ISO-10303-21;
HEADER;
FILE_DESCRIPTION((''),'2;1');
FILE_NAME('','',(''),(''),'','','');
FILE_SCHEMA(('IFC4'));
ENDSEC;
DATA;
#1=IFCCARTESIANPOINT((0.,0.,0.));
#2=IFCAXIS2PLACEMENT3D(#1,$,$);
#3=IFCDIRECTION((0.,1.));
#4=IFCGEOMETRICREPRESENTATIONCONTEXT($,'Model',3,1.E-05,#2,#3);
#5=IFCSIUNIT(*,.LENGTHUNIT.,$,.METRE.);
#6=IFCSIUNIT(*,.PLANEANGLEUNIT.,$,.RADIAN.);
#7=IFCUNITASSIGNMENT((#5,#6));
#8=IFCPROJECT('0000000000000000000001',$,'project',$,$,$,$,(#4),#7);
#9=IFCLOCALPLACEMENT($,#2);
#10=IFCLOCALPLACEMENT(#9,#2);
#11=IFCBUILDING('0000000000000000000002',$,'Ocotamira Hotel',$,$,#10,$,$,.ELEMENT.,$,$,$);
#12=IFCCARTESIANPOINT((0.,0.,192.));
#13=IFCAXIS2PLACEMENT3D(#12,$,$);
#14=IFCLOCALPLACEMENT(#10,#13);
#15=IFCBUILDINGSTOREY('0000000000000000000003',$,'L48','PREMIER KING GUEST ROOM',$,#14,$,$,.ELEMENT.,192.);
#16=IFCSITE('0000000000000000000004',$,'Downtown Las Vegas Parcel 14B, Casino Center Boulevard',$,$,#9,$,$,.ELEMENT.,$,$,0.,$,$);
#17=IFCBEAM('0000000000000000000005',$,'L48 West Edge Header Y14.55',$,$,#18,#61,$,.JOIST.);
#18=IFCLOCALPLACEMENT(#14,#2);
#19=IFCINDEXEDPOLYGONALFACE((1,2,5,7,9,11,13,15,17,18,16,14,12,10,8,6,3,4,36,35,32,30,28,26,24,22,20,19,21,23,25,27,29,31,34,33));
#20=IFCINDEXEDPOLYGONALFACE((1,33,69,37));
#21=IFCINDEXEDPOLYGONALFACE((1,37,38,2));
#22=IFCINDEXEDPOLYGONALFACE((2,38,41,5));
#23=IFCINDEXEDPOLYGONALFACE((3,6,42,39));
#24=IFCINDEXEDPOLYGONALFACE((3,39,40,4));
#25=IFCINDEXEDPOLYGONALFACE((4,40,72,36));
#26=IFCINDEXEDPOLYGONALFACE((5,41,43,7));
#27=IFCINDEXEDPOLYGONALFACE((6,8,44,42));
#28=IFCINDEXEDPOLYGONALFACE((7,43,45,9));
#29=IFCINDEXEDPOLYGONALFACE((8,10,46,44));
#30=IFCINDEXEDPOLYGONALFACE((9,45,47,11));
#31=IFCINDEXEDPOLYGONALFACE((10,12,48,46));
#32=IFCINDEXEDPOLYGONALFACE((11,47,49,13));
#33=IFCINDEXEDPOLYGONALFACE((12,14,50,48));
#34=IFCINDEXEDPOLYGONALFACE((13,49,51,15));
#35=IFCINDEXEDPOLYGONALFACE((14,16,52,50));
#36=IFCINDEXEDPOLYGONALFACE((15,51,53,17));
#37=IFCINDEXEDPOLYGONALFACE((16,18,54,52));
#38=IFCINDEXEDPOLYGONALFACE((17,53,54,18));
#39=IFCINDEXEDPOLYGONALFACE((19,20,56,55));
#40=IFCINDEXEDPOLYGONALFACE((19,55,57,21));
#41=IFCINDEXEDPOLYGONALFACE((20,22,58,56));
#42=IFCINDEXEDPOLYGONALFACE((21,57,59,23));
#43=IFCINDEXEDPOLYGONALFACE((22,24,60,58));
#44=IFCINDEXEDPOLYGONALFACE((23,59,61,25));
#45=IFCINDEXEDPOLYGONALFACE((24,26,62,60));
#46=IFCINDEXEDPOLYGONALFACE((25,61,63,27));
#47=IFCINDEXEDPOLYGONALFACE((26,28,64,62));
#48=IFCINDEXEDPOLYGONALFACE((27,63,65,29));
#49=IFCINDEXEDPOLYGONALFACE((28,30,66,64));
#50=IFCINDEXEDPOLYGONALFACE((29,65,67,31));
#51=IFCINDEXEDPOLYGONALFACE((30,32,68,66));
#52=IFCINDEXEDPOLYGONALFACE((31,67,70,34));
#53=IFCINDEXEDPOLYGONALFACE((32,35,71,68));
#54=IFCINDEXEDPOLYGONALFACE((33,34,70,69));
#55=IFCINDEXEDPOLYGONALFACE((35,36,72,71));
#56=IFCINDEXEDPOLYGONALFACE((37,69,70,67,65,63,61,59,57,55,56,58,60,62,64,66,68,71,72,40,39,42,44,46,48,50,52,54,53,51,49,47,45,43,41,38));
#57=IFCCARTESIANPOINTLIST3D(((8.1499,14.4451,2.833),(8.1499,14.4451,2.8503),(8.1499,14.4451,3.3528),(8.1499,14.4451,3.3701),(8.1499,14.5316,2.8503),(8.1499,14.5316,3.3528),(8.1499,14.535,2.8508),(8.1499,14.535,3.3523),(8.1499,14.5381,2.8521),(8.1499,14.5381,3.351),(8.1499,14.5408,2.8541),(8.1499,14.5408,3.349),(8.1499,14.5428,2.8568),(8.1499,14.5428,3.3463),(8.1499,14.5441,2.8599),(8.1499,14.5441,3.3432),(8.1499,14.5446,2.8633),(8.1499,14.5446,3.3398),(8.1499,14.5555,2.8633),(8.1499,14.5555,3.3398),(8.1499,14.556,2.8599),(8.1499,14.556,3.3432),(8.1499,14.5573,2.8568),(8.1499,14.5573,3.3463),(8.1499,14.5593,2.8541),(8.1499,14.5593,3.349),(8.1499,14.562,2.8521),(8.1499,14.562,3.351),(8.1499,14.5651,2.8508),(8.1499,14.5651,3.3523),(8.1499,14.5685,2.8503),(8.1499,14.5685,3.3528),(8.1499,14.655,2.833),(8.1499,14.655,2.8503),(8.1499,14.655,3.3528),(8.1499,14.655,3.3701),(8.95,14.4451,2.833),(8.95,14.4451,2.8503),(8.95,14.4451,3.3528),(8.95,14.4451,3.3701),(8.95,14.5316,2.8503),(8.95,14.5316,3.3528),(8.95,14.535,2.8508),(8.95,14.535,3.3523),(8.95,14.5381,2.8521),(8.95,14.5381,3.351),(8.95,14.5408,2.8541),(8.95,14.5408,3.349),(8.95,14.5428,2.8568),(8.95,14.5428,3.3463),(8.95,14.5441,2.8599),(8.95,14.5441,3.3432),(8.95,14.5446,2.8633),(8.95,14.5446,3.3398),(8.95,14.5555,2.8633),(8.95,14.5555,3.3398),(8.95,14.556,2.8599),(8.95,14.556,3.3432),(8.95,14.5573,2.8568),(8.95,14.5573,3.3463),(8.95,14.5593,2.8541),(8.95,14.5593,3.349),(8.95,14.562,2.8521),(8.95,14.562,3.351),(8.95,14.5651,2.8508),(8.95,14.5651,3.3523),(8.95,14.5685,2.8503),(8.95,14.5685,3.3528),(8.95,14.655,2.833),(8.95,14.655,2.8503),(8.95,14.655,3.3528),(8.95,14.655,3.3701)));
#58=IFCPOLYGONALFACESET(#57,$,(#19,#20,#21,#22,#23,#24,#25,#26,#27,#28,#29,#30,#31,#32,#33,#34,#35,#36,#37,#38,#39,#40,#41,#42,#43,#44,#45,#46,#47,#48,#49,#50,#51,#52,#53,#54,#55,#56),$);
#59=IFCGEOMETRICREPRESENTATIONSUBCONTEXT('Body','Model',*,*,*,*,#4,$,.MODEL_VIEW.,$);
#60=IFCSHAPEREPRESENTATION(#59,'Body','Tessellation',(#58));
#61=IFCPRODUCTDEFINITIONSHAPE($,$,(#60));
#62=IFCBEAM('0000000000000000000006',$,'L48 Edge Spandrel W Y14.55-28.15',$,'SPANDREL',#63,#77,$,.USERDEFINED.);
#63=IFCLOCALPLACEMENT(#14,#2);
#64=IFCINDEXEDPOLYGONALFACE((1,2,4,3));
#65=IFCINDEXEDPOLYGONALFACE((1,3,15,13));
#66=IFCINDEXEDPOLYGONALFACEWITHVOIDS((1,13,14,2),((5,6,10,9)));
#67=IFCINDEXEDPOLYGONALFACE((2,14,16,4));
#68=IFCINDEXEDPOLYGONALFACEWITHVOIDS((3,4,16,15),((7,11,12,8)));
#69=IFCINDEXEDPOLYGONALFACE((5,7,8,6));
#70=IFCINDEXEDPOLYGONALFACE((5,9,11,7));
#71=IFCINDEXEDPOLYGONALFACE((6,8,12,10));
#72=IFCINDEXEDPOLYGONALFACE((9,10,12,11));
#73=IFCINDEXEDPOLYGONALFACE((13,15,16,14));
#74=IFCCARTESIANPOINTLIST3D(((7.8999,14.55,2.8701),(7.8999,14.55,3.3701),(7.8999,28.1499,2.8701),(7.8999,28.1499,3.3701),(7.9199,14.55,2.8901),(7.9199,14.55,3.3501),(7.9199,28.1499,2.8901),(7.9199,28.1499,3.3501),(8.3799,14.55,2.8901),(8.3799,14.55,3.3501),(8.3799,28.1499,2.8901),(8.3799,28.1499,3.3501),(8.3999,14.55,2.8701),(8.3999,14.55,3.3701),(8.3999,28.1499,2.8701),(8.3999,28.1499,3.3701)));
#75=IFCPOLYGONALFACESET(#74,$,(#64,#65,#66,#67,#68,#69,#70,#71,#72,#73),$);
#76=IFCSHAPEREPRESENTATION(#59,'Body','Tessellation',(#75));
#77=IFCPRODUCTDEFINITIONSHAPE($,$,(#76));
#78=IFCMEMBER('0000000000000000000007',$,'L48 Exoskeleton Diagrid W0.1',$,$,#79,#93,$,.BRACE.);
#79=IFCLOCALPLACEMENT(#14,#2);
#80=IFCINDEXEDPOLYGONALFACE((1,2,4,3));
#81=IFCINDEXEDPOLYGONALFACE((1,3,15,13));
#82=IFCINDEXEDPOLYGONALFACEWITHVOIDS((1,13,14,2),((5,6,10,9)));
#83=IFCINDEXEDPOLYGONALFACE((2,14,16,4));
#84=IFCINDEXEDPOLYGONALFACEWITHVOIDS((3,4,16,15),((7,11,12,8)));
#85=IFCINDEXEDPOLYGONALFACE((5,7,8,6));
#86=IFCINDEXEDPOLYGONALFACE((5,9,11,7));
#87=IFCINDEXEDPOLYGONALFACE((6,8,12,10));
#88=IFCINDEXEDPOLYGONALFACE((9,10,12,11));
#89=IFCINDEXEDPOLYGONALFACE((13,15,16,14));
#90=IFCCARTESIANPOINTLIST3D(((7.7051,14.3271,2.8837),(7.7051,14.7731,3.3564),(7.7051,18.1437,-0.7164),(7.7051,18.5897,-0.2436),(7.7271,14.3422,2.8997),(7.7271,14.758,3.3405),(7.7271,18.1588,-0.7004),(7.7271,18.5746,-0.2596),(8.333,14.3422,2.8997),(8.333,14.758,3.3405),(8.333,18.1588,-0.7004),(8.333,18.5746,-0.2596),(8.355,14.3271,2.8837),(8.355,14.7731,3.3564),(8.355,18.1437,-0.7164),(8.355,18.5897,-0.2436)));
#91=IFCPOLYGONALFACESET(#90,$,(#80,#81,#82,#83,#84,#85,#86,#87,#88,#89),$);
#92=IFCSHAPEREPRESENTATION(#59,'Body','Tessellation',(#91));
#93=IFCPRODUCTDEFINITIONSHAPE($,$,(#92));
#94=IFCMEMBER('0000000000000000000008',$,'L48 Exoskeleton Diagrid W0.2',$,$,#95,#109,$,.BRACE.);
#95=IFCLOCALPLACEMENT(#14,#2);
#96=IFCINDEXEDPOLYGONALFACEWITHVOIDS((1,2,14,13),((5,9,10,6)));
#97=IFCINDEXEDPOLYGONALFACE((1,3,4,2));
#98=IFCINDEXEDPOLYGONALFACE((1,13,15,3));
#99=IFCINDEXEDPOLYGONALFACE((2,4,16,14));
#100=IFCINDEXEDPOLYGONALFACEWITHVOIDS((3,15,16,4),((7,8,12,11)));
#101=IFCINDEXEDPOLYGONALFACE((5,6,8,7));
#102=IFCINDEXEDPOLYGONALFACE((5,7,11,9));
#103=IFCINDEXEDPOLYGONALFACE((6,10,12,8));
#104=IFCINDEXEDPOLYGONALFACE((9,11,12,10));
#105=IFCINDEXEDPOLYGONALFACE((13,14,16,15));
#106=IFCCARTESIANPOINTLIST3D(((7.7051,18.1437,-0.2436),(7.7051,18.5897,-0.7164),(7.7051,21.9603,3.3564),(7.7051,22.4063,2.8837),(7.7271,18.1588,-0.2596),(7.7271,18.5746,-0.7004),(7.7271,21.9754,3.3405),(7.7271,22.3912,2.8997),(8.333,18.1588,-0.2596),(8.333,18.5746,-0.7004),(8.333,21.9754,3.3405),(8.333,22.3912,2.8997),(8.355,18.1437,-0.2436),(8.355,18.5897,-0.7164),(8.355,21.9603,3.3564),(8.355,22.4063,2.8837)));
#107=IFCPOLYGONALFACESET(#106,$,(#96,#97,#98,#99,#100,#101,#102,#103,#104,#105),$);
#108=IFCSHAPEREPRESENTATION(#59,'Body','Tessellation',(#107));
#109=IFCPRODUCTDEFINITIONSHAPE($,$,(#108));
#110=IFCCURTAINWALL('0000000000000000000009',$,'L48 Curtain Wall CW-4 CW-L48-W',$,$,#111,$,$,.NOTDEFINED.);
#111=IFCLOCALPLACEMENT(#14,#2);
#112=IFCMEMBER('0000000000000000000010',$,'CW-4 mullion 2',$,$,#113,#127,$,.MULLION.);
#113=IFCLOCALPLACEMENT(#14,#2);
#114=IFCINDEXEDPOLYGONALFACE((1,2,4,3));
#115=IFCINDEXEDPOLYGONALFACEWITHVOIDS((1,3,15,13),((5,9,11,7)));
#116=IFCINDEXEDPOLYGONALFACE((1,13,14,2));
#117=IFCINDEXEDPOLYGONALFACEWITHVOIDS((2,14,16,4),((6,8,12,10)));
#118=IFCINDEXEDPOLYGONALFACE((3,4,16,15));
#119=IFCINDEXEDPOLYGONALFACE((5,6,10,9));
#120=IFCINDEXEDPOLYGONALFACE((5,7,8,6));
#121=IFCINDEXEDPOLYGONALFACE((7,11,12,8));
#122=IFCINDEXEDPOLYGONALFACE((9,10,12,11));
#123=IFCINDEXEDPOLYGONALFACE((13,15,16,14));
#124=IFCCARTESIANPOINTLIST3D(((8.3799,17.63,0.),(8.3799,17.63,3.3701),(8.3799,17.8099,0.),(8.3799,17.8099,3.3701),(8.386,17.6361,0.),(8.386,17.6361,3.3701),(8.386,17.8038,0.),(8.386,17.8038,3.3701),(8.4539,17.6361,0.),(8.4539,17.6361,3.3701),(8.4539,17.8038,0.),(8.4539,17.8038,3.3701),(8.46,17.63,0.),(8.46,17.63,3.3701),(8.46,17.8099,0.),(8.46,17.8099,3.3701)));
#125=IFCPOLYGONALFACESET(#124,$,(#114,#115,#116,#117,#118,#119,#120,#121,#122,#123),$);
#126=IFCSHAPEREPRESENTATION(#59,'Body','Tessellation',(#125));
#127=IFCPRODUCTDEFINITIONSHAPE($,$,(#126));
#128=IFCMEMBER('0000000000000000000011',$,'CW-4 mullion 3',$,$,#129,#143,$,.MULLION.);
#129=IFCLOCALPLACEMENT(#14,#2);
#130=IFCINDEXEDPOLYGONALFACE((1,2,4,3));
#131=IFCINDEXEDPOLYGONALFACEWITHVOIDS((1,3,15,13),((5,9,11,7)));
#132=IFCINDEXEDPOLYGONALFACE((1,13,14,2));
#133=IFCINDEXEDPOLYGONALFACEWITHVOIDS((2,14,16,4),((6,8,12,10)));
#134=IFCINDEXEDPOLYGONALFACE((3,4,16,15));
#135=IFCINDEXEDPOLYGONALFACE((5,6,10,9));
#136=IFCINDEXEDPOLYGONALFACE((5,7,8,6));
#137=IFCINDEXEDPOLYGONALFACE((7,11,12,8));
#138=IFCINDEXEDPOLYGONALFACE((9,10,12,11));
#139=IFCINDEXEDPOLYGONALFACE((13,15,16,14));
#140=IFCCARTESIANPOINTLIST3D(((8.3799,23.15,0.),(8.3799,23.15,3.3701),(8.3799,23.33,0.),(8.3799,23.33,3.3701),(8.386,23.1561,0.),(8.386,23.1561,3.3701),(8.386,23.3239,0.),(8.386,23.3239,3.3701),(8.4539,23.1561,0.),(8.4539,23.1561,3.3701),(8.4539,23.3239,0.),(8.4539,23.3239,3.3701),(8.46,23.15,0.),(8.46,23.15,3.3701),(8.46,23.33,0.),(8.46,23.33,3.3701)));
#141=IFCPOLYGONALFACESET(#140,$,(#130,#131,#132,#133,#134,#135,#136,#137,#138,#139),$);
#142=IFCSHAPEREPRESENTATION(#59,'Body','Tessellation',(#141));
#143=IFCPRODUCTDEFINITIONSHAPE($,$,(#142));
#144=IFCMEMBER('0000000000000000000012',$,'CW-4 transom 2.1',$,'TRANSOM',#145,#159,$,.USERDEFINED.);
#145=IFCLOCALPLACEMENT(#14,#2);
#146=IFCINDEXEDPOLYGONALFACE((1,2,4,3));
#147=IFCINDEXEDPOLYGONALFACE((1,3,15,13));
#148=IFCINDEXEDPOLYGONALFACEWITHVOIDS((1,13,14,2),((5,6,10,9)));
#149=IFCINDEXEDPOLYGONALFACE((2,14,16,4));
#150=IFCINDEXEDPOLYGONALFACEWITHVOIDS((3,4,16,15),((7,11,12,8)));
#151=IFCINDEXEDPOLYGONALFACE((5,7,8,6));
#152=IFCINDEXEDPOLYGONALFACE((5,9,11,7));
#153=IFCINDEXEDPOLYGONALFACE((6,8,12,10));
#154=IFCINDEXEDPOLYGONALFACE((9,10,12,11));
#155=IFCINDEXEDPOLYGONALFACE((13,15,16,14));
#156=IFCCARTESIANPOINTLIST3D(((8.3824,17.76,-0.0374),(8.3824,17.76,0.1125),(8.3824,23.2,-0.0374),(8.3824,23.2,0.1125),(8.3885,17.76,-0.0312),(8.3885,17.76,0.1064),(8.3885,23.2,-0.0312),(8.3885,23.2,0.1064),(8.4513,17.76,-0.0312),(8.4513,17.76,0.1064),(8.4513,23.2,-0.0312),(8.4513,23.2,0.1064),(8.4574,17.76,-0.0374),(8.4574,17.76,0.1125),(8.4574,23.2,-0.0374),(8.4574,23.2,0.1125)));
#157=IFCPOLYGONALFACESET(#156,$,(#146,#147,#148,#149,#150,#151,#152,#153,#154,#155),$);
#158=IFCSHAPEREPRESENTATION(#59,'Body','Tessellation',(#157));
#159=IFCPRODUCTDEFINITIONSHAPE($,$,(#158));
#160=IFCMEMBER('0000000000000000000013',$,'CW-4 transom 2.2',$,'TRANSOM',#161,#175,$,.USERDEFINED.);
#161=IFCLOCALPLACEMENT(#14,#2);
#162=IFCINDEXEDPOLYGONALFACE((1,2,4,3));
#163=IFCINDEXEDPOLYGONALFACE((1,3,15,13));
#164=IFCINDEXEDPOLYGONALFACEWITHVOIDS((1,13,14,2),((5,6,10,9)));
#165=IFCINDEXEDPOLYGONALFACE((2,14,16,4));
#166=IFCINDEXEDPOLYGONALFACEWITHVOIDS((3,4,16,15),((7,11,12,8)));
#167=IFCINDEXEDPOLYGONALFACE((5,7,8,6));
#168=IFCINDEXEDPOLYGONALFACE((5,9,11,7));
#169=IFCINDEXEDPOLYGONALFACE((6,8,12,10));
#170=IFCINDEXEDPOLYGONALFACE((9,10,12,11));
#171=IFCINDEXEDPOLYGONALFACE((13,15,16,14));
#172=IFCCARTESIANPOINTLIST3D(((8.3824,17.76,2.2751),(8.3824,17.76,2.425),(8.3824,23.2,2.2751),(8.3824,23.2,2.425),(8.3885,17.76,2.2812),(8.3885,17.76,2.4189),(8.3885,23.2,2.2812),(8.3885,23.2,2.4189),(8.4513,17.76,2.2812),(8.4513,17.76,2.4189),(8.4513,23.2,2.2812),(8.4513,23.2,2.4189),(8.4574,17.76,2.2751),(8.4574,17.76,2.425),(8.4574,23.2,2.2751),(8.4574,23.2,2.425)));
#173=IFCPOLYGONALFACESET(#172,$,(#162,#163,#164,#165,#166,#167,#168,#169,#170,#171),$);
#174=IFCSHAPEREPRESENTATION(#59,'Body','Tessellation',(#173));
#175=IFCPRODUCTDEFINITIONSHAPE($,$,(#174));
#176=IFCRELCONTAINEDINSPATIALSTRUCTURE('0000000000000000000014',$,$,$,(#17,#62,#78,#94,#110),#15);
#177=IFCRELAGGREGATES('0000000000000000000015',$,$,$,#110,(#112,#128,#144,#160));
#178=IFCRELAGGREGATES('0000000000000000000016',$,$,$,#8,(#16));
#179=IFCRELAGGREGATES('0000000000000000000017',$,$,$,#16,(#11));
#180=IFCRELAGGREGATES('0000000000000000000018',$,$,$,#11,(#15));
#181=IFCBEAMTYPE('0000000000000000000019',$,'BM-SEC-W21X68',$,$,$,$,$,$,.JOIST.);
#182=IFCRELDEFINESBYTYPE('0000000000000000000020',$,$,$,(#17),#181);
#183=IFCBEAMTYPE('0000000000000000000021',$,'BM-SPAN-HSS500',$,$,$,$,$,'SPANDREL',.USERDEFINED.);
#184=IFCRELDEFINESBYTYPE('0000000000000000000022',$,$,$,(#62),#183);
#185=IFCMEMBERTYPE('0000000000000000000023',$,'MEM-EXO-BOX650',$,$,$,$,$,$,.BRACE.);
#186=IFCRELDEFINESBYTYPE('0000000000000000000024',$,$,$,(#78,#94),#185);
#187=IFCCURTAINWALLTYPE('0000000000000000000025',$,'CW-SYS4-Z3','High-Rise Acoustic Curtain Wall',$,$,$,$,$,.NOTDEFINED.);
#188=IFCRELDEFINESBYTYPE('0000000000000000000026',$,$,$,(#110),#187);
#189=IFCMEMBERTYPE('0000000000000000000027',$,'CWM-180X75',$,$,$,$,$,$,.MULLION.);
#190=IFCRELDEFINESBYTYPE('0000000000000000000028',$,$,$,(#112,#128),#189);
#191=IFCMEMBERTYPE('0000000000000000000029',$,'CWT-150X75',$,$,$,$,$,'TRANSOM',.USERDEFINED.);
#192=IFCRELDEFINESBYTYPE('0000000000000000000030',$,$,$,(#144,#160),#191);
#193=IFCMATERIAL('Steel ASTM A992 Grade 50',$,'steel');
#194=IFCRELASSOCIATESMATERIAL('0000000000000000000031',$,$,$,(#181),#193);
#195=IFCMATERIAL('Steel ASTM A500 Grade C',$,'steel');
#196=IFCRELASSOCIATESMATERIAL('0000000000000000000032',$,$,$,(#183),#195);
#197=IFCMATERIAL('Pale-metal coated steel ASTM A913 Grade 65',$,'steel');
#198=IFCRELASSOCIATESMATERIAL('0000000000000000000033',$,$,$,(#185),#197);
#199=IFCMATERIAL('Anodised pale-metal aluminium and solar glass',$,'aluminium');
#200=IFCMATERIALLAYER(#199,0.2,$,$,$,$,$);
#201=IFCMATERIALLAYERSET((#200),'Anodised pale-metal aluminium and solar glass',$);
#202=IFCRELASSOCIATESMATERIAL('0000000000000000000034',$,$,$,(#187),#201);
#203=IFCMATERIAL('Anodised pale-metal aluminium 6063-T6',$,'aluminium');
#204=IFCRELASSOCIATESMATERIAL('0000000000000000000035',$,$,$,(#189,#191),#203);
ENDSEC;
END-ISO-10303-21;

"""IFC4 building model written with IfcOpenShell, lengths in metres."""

from ifc_helpers import new_model, si_unit, direction, frame, origin, origin_2d, place, context, subcontext, project, spatial, hollow_rectangle, i_section, extrude, source, transform, mapped, material, layer, layer_set, material_profile, profile_set, type_object, element, aggregate, save


model = new_model("IFC4")

# Units and contexts
model_context = context("Model", 3, precision=1e-05, world=origin(), true_north=direction((0.0, 1.0)))
body_context = subcontext(model_context, "Body", "Model", "MODEL_VIEW")
ifc_project = project(units=[si_unit("LENGTHUNIT", "METRE"), si_unit("PLANEANGLEUNIT", "RADIAN")], contexts=[model_context])

# Site, building, storey
site_placement = place(None, origin())
site = spatial("IfcSite", under=ifc_project, at=site_placement, Name="Downtown Las Vegas Parcel 14B, Casino Center Boulevard", CompositionType="ELEMENT", RefElevation=0.0)
building_placement = place(site_placement, origin())
building = spatial("IfcBuilding", under=site, at=building_placement, Name="Ocotamira Hotel", CompositionType="ELEMENT")
storey_placement = place(building_placement, frame((0.0, 0.0, 192.0)))
storey = spatial("IfcBuildingStorey", under=building, at=storey_placement, Name="L48", Description="PREMIER KING GUEST ROOM", CompositionType="ELEMENT", Elevation=192.0)

# Beams
ifc_material_1 = material(Name="Steel ASTM A992 Grade 50", Category="steel")
ifc_material_profile_1 = material_profile(ifc_material_1, i_section(OverallWidth=0.21, OverallDepth=0.5371, WebThickness=0.011, FlangeThickness=0.0173, FilletRadius=0.0129, at=origin_2d()), Name="W21X68")
ifc_profile_set_1 = profile_set([ifc_material_profile_1], Name="Steel ASTM A992 Grade 50")
beam_type_1 = type_object("IfcBeamType", Name="BM-SEC-W21X68", PredefinedType="JOIST", material=ifc_profile_set_1)
shared_shape_1 = source(origin(), body_context, "Body", "SweptSolid", [
    extrude(i_section(OverallWidth=0.21, OverallDepth=0.5371, WebThickness=0.011, FlangeThickness=0.0173, FilletRadius=0.0129, at=origin_2d()), origin(), (0.0, 0.0, 1.0), 0.8),
])
beam_1_placement = place(storey_placement, frame((8.95, 14.55, 3.1016), z_axis=(-1.0, 0.0, 0.0), x_axis=(0.0, -1.0, 0.0)))
element("IfcBeam", 1, at=beam_1_placement, inside=storey, type_object=beam_type_1, Name="L48 West Edge Header Y14.55", PredefinedType="JOIST", context=body_context, shape_type="MappedRepresentation", body=[
    mapped(shared_shape_1, transform((0.0, 0.0, 0.0), scale=1.0)),
])
ifc_material_2 = material(Name="Steel ASTM A500 Grade C", Category="steel")
ifc_material_profile_2 = material_profile(ifc_material_2, hollow_rectangle(XDim=0.5, YDim=0.5, WallThickness=0.02, at=origin_2d()), Name="HSS500X500X20")
ifc_profile_set_2 = profile_set([ifc_material_profile_2], Name="Steel ASTM A500 Grade C")
beam_type_2 = type_object("IfcBeamType", Name="BM-SPAN-HSS500", ElementType="SPANDREL", PredefinedType="USERDEFINED", material=ifc_profile_set_2)
shared_shape_2 = source(origin(), body_context, "Body", "SweptSolid", [
    extrude(hollow_rectangle(XDim=0.5, YDim=0.5, WallThickness=0.02, at=origin_2d()), origin(), (0.0, 0.0, 1.0), 13.5999),
])
beam_2_placement = place(storey_placement, frame((8.1499, 14.55, 3.1201), z_axis=(0.0, 1.0, 0.0), x_axis=(-1.0, 0.0, 0.0)))
element("IfcBeam", 2, at=beam_2_placement, inside=storey, type_object=beam_type_2, Name="L48 Edge Spandrel W Y14.55-28.15", ObjectType="SPANDREL", PredefinedType="USERDEFINED", context=body_context, shape_type="MappedRepresentation", body=[
    mapped(shared_shape_2, transform((0.0, 0.0, 0.0), scale=1.0)),
])

# Members
ifc_material_3 = material(Name="Pale-metal coated steel ASTM A913 Grade 65", Category="steel")
ifc_material_profile_3 = material_profile(ifc_material_3, hollow_rectangle(XDim=0.6499, YDim=0.6499, WallThickness=0.022, at=origin_2d()), Name="BOX650X650X22")
ifc_profile_set_3 = profile_set([ifc_material_profile_3], Name="Pale-metal coated steel ASTM A913 Grade 65")
member_type_1 = type_object("IfcMemberType", Name="MEM-EXO-BOX650", PredefinedType="BRACE", material=ifc_profile_set_3)
shared_shape_3 = source(origin(), body_context, "Body", "SweptSolid", [
    extrude(hollow_rectangle(XDim=0.6499, YDim=0.6499, WallThickness=0.022, at=origin_2d()), origin(), (0.0, 0.0, 1.0), 5.2466),
])
for number, where, z_axis, x_axis, name in (
    (3, (8.03, 18.3667, -0.48), (0.0, -0.727443, 0.686168), (1.0, 0.0, 0.0), "L48 Exoskeleton Diagrid W0.1"),
    (4, (8.03, 18.3667, -0.48), (0.0, 0.727443, 0.686168), (-1.0, 0.0, 0.0), "L48 Exoskeleton Diagrid W0.2"),
):
    element("IfcMember", number, at=place(storey_placement, frame(where, z_axis=z_axis, x_axis=x_axis)), inside=storey, type_object=member_type_1, Name=name, PredefinedType="BRACE", context=body_context, shape_type="MappedRepresentation", body=[
        mapped(shared_shape_3, transform((0.0, 0.0, 0.0), scale=1.0)),
    ])

# Curtain wall, members
ifc_material_4 = material(Name="Anodised pale-metal aluminium and solar glass", Category="aluminium")
ifc_layer_1 = layer(ifc_material_4, 0.2)
ifc_layer_set_1 = layer_set([ifc_layer_1], Name="Anodised pale-metal aluminium and solar glass")
curtain_wall_type = type_object("IfcCurtainWallType", Name="CW-SYS4-Z3", Description="High-Rise Acoustic Curtain Wall", PredefinedType="NOTDEFINED", material=ifc_layer_set_1)
curtain_wall_placement = place(storey_placement, origin())
curtain_wall = element("IfcCurtainWall", 5, at=curtain_wall_placement, inside=storey, type_object=curtain_wall_type, Name="L48 Curtain Wall CW-4 CW-L48-W", PredefinedType="NOTDEFINED")
ifc_material_5 = material(Name="Anodised pale-metal aluminium 6063-T6", Category="aluminium")
ifc_material_profile_4 = material_profile(ifc_material_5, hollow_rectangle(XDim=0.0801, YDim=0.1799, WallThickness=0.0061, at=origin_2d()), Name="HSS180X80X6")
ifc_profile_set_4 = profile_set([ifc_material_profile_4], Name="Anodised pale-metal aluminium 6063-T6")
member_type_2 = type_object("IfcMemberType", Name="CWM-180X75", PredefinedType="MULLION", material=ifc_profile_set_4)
shared_shape_4 = source(origin(), body_context, "Body", "SweptSolid", [
    extrude(hollow_rectangle(XDim=0.0801, YDim=0.1799, WallThickness=0.0061, at=origin_2d()), origin(), (0.0, 0.0, 1.0), 3.3701),
])
member_1_placement = place(storey_placement, frame((8.4199, 17.72, 0.0), z_axis=(0.0, 0.0, 1.0), x_axis=(-1.0, 0.0, 0.0)))
member_1 = element("IfcMember", 6, at=member_1_placement, type_object=member_type_2, Name="CW-4 mullion 2", PredefinedType="MULLION", context=body_context, shape_type="MappedRepresentation", body=[
    mapped(shared_shape_4, transform((0.0, 0.0, 0.0), scale=1.0)),
])
member_2_placement = place(storey_placement, frame((8.4199, 23.24, 0.0), z_axis=(0.0, 0.0, 1.0), x_axis=(-1.0, 0.0, 0.0)))
member_2 = element("IfcMember", 7, at=member_2_placement, type_object=member_type_2, Name="CW-4 mullion 3", PredefinedType="MULLION", context=body_context, shape_type="MappedRepresentation", body=[
    mapped(shared_shape_4, transform((0.0, 0.0, 0.0), scale=1.0)),
])
ifc_material_profile_5 = material_profile(ifc_material_5, hollow_rectangle(XDim=0.075, YDim=0.1499, WallThickness=0.0061, at=origin_2d()), Name="HSS150X75X6")
ifc_profile_set_5 = profile_set([ifc_material_profile_5], Name="Anodised pale-metal aluminium 6063-T6")
member_type_3 = type_object("IfcMemberType", Name="CWT-150X75", ElementType="TRANSOM", PredefinedType="USERDEFINED", material=ifc_profile_set_5)
shared_shape_5 = source(origin(), body_context, "Body", "SweptSolid", [
    extrude(hollow_rectangle(XDim=0.075, YDim=0.1499, WallThickness=0.0061, at=origin_2d()), origin(), (0.0, 0.0, 1.0), 5.4399),
])
member_3_placement = place(storey_placement, frame((8.4199, 17.76, 0.0376), z_axis=(0.0, 1.0, 0.0), x_axis=(-1.0, 0.0, 0.0)))
member_3 = element("IfcMember", 8, at=member_3_placement, type_object=member_type_3, Name="CW-4 transom 2.1", ObjectType="TRANSOM", PredefinedType="USERDEFINED", context=body_context, shape_type="MappedRepresentation", body=[
    mapped(shared_shape_5, transform((0.0, 0.0, 0.0), scale=1.0)),
])
member_4_placement = place(storey_placement, frame((8.4199, 17.76, 2.3501), z_axis=(0.0, 1.0, 0.0), x_axis=(-1.0, 0.0, 0.0)))
member_4 = element("IfcMember", 9, at=member_4_placement, type_object=member_type_3, Name="CW-4 transom 2.2", ObjectType="TRANSOM", PredefinedType="USERDEFINED", context=body_context, shape_type="MappedRepresentation", body=[
    mapped(shared_shape_5, transform((0.0, 0.0, 0.0), scale=1.0)),
])

aggregate(curtain_wall, [member_1, member_2, member_3, member_4])

save(model, "model.ifc")
